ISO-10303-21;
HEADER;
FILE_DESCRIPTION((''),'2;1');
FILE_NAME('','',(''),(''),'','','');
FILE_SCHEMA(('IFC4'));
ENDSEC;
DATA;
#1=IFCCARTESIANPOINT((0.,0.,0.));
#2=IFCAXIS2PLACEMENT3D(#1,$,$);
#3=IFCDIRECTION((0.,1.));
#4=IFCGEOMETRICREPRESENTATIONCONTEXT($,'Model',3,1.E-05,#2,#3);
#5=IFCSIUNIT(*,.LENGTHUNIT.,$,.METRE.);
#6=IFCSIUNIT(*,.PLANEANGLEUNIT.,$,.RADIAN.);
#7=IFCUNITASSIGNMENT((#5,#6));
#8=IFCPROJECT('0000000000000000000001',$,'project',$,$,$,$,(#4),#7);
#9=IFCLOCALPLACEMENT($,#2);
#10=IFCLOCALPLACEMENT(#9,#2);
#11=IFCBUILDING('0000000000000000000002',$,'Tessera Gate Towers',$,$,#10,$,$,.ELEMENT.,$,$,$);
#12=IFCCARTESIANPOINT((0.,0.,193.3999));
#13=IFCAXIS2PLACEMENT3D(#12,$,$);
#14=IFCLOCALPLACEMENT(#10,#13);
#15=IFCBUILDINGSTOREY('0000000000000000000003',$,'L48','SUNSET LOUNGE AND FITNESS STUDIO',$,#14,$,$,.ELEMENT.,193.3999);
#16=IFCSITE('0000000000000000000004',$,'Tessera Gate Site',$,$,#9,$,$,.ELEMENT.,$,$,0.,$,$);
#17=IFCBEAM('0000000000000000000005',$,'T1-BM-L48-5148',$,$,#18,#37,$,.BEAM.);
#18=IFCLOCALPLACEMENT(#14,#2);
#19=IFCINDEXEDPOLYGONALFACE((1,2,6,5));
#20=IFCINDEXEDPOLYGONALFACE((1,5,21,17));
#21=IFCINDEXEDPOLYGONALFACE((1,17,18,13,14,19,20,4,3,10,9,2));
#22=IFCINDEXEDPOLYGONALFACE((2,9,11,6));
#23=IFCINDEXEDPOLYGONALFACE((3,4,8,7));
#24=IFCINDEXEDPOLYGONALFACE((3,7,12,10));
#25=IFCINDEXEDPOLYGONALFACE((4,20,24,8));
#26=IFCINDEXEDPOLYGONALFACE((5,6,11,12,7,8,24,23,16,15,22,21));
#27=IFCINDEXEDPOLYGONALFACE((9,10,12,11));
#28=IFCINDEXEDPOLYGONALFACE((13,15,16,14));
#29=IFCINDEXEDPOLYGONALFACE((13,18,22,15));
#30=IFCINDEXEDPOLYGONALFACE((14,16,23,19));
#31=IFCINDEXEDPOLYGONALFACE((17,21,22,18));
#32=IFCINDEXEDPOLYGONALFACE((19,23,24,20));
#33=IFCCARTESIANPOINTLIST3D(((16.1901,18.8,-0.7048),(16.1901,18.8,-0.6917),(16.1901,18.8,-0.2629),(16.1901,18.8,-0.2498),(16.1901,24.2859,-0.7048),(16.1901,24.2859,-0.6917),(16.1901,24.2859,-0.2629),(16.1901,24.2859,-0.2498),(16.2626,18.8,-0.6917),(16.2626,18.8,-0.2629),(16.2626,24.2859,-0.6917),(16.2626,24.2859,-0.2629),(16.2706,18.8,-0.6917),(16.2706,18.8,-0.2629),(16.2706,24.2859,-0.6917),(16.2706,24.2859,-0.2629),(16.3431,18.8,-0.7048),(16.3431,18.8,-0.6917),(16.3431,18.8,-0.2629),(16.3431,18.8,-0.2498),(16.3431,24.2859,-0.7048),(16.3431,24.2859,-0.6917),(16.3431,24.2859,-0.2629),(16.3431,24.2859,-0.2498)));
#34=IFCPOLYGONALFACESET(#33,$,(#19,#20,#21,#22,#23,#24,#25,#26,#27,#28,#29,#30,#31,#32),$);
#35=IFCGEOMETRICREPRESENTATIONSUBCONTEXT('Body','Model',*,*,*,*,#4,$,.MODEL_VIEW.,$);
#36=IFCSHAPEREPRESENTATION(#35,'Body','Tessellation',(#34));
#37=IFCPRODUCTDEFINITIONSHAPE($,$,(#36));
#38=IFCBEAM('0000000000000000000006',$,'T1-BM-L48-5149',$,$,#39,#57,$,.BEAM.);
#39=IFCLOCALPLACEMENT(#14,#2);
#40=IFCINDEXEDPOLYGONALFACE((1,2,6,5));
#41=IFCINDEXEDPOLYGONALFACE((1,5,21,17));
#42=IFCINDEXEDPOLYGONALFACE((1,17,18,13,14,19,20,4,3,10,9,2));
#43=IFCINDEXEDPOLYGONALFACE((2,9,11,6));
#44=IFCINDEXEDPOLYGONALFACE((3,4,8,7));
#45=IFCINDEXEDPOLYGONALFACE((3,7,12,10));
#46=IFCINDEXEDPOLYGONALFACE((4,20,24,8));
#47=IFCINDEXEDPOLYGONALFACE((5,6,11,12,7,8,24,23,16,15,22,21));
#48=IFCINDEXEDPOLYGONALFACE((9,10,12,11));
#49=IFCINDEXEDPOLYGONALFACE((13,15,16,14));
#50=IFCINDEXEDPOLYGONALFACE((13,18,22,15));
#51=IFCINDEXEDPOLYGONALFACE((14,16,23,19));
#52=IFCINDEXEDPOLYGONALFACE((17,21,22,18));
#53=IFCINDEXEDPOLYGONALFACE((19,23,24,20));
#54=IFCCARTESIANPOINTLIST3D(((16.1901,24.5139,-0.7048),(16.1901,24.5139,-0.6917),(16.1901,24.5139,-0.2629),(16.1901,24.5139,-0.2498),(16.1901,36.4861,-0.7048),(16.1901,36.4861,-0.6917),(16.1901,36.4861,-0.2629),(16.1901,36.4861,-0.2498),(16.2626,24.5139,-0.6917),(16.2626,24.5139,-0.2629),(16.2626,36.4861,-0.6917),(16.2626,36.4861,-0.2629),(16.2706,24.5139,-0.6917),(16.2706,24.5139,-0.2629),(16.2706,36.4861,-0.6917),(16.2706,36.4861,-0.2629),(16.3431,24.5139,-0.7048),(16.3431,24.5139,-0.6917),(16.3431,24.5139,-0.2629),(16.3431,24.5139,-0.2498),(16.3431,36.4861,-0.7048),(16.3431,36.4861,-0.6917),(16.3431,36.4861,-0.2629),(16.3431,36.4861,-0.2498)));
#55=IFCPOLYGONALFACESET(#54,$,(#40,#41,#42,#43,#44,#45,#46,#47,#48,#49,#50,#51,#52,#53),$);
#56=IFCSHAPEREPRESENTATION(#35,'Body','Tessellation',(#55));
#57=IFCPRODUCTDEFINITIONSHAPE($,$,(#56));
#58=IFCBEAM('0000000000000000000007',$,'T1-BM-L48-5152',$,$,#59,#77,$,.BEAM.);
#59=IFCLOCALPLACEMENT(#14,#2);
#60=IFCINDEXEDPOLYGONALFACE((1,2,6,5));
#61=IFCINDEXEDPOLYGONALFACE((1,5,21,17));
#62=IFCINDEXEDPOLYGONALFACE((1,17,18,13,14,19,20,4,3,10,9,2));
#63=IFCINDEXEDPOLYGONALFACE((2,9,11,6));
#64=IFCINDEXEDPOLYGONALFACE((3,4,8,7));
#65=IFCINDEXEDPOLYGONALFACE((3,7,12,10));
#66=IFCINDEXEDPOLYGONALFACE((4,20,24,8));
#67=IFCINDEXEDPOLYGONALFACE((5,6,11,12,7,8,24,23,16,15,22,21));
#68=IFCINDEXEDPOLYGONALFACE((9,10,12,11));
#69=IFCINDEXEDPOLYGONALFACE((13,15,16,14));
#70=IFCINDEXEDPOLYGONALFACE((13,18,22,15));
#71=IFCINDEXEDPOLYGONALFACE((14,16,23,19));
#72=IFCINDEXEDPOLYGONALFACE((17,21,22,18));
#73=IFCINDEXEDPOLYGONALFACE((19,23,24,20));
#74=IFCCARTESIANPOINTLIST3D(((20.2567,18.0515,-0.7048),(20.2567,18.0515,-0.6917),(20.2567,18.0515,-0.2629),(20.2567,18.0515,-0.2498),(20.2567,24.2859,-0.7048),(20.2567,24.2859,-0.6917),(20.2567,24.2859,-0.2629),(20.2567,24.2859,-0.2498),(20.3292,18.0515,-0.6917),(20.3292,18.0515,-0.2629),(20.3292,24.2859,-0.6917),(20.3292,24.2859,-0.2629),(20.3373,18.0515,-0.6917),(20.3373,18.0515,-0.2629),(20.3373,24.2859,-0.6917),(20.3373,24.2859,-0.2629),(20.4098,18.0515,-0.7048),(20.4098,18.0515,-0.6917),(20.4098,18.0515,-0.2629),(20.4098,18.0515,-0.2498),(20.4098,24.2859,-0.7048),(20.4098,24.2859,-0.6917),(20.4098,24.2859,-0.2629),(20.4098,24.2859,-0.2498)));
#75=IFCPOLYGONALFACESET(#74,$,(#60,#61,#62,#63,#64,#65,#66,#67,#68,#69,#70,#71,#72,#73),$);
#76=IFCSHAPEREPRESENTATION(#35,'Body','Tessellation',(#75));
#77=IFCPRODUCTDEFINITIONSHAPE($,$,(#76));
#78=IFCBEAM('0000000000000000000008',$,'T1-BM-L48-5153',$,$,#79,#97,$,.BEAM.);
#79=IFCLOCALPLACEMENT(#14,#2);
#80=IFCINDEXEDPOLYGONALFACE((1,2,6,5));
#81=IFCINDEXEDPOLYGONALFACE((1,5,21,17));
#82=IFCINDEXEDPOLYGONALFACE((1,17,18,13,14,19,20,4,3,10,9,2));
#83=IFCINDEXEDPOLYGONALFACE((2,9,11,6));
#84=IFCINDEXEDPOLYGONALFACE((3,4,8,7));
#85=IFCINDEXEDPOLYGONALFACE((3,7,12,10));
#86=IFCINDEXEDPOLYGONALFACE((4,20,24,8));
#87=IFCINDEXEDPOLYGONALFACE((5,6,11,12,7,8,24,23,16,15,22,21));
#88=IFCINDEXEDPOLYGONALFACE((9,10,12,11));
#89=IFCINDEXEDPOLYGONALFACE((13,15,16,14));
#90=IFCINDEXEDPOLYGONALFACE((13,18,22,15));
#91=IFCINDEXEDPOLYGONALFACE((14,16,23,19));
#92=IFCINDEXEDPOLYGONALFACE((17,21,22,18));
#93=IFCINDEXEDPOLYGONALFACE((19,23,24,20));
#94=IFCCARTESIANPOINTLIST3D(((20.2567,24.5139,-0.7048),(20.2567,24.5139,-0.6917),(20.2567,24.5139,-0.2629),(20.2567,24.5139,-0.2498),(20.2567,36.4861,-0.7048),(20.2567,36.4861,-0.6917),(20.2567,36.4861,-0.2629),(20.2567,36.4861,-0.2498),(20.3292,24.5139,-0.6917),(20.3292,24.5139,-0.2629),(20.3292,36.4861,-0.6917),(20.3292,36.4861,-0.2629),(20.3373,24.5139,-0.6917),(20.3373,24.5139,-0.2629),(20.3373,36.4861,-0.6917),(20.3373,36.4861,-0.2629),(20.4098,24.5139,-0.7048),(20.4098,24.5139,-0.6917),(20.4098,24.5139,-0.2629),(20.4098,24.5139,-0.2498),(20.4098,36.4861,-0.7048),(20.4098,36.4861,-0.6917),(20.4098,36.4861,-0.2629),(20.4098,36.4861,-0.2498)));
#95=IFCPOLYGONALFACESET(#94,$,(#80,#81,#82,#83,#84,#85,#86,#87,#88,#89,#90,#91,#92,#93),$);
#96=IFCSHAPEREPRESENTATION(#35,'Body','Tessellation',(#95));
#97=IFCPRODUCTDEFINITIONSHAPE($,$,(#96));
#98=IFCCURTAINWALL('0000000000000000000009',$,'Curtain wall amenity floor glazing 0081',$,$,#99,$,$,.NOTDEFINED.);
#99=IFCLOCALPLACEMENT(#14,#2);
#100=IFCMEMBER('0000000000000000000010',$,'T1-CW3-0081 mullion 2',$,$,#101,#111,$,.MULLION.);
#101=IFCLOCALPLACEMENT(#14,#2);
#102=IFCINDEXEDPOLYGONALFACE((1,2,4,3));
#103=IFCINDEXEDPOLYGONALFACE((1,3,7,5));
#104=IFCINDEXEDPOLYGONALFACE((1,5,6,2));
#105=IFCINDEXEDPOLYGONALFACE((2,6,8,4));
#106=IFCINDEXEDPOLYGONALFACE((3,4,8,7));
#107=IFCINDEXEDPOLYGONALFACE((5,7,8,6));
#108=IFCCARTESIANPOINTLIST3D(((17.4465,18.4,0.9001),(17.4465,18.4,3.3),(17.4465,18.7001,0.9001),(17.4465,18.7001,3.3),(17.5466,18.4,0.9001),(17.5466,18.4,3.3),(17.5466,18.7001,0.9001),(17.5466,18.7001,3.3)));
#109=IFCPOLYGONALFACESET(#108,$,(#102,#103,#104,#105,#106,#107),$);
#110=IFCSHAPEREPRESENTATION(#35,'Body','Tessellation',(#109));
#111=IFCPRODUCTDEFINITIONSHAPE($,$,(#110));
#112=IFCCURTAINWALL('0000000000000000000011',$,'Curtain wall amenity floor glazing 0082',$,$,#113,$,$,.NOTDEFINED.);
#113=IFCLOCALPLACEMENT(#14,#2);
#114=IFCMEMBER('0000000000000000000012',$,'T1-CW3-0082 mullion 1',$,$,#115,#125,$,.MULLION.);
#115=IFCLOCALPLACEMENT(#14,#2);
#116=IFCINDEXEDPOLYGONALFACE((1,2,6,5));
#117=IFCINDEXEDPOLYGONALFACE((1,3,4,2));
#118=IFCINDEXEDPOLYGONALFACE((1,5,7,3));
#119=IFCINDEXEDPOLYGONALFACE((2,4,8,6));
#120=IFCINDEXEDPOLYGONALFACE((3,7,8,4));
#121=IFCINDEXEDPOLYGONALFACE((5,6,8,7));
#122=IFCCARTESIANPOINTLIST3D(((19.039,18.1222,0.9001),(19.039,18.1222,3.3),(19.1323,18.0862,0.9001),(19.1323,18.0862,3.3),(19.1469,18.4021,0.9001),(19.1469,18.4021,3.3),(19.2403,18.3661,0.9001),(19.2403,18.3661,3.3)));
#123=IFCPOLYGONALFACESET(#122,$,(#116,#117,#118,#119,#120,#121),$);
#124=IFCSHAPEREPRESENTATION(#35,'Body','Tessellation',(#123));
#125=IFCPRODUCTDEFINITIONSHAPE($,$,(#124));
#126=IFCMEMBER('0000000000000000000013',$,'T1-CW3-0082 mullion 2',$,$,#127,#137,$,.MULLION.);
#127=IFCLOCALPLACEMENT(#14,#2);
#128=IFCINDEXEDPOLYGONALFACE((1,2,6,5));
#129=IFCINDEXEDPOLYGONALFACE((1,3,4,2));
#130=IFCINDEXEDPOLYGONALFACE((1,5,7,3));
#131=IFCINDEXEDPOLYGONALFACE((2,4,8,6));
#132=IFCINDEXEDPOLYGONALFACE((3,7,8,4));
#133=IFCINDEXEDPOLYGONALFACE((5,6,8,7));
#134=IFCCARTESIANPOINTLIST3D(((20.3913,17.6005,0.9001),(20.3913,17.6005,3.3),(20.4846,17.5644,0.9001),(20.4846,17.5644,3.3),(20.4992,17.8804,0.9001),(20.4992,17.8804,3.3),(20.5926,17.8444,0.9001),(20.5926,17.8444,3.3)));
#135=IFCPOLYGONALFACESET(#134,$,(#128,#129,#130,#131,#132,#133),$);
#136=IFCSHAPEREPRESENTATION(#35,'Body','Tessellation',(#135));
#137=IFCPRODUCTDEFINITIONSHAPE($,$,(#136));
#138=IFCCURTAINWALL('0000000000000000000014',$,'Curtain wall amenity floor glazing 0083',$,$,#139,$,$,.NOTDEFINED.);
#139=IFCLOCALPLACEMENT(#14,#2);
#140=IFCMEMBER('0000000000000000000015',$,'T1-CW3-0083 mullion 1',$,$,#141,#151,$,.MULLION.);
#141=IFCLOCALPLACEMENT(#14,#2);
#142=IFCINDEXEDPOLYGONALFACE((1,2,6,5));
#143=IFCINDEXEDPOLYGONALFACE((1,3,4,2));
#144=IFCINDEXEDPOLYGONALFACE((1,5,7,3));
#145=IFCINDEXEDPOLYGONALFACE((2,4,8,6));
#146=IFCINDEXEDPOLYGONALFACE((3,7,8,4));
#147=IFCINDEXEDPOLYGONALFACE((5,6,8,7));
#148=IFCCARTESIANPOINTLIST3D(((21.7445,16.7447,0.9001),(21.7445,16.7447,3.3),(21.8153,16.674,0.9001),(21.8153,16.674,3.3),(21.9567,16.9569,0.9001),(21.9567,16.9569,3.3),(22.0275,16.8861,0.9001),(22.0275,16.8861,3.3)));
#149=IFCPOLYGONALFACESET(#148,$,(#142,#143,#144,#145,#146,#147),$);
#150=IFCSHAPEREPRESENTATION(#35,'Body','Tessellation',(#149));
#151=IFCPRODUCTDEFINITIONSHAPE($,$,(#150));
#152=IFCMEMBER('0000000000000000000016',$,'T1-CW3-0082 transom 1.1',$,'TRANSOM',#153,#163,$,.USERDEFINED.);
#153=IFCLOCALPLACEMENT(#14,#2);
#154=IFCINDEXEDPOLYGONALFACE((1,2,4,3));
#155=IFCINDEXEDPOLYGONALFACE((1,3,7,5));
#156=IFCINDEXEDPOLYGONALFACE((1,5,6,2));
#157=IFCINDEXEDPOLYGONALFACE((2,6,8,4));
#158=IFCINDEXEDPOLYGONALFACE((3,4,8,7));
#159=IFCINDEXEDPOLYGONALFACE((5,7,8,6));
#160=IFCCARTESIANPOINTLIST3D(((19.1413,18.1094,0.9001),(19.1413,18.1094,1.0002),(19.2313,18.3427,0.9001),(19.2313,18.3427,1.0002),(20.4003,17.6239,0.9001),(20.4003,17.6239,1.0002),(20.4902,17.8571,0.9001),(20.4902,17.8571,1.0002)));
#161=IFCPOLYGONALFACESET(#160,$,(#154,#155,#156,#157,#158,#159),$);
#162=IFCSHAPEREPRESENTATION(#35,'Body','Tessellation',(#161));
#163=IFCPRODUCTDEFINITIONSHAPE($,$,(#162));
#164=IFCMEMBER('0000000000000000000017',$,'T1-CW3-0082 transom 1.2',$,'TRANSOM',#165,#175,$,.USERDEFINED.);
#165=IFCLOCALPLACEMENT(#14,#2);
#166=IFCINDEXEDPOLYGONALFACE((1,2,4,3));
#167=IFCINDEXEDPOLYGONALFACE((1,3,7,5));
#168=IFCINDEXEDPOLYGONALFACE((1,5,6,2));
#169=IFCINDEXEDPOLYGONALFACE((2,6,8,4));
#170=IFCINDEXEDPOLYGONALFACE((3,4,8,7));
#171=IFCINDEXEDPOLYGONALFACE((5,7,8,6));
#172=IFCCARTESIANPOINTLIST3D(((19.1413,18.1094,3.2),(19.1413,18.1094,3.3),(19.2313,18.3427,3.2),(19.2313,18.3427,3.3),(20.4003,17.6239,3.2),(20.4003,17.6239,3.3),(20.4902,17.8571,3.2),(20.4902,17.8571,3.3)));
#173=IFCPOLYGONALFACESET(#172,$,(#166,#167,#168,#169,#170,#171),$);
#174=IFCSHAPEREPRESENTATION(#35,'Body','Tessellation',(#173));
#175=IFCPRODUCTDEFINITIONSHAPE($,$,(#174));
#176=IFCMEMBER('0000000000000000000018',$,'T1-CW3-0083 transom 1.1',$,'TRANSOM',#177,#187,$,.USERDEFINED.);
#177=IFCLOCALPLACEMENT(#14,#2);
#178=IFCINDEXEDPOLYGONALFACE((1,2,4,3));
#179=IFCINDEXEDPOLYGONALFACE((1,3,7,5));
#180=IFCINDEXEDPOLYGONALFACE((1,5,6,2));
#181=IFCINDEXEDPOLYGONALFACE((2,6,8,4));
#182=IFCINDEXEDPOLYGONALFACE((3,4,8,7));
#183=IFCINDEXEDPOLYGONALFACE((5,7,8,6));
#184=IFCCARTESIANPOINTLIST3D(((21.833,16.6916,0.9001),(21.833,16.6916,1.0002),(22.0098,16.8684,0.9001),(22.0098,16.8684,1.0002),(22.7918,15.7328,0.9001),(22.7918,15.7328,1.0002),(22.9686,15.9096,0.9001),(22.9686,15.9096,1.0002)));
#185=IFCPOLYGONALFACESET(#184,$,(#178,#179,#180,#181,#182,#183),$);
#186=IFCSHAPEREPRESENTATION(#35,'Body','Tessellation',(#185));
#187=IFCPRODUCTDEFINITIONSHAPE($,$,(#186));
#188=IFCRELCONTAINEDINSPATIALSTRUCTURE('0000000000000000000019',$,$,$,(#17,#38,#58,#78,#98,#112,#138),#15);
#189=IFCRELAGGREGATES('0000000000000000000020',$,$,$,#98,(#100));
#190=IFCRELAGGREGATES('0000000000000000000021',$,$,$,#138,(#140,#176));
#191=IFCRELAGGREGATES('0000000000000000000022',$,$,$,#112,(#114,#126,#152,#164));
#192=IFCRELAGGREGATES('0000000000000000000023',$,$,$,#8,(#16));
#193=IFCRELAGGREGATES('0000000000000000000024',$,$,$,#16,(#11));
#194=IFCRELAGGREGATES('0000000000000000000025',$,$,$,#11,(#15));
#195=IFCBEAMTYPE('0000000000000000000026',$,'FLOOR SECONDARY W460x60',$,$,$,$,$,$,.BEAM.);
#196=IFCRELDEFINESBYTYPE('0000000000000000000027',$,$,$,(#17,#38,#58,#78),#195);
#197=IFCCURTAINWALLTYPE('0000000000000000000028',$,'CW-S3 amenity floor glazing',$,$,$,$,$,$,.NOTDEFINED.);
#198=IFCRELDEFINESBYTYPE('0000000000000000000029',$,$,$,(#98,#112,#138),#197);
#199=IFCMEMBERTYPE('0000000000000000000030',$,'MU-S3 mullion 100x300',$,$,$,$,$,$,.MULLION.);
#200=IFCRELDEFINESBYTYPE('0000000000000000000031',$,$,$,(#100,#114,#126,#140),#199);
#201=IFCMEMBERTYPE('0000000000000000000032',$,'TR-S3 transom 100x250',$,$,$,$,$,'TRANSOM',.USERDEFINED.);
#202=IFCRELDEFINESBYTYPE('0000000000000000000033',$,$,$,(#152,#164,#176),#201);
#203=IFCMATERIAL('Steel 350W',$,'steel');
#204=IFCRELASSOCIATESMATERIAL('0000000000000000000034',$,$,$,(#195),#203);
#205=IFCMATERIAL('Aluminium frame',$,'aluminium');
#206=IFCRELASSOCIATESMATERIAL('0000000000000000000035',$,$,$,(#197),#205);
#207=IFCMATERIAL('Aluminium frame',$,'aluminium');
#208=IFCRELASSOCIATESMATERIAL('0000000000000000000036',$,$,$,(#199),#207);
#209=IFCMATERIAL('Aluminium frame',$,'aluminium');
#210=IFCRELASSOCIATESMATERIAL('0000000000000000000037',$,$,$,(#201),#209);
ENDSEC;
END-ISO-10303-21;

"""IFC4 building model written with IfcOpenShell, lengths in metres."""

from ifc_helpers import new_model, si_unit, direction, frame, origin, origin_2d, place, context, subcontext, project, spatial, rectangle, i_section, extrude, material, material_profile, profile_set, type_object, element, aggregate, save


model = new_model("IFC4")

# Units and contexts
model_context = context("Model", 3, precision=1e-05, world=origin(), true_north=direction((0.0, 1.0)))
body_context = subcontext(model_context, "Body", "Model", "MODEL_VIEW")
ifc_project = project(units=[si_unit("LENGTHUNIT", "METRE"), si_unit("PLANEANGLEUNIT", "RADIAN")], contexts=[model_context])

# Site, building, storey
site_placement = place(None, origin())
site = spatial("IfcSite", under=ifc_project, at=site_placement, Name="Tessera Gate Site", CompositionType="ELEMENT", RefElevation=0.0)
building_placement = place(site_placement, origin())
building = spatial("IfcBuilding", under=site, at=building_placement, Name="Tessera Gate Towers", CompositionType="ELEMENT")
storey_placement = place(building_placement, frame((0.0, 0.0, 193.3999)))
storey = spatial("IfcBuildingStorey", under=building, at=storey_placement, Name="L48", Description="SUNSET LOUNGE AND FITNESS STUDIO", CompositionType="ELEMENT", Elevation=193.3999)

# Beams
ifc_material_1 = material(Name="Steel 350W", Category="steel")
ifc_material_profile_1 = material_profile(ifc_material_1, i_section(OverallWidth=0.1531, OverallDepth=0.4551, WebThickness=0.0081, FlangeThickness=0.0132, at=origin_2d()), Name="W460x60")
ifc_profile_set_1 = profile_set([ifc_material_profile_1], Name="Steel 350W")
beam_type = type_object("IfcBeamType", Name="FLOOR SECONDARY W460x60", PredefinedType="BEAM", material=ifc_profile_set_1)
beam_1_placement = place(storey_placement, frame((16.2666, 18.8, -0.4773), z_axis=(0.0, 1.0, 0.0), x_axis=(-1.0, 0.0, 0.0)))
element("IfcBeam", 1, at=beam_1_placement, inside=storey, type_object=beam_type, Name="T1-BM-L48-5148", PredefinedType="BEAM", context=body_context, shape_type="SweptSolid", body=[
    extrude(i_section(OverallWidth=0.1531, OverallDepth=0.4551, WebThickness=0.0081, FlangeThickness=0.0132, at=origin_2d()), origin(), (0.0, 0.0, 1.0), 5.4858),
])
beam_2_placement = place(storey_placement, frame((16.2666, 24.5139, -0.4773), z_axis=(0.0, 1.0, 0.0), x_axis=(-1.0, 0.0, 0.0)))
element("IfcBeam", 2, at=beam_2_placement, inside=storey, type_object=beam_type, Name="T1-BM-L48-5149", PredefinedType="BEAM", context=body_context, shape_type="SweptSolid", body=[
    extrude(i_section(OverallWidth=0.1531, OverallDepth=0.4551, WebThickness=0.0081, FlangeThickness=0.0132, at=origin_2d()), origin(), (0.0, 0.0, 1.0), 11.9722),
])
beam_3_placement = place(storey_placement, frame((20.3333, 18.0515, -0.4773), z_axis=(0.0, 1.0, 0.0), x_axis=(-1.0, 0.0, 0.0)))
element("IfcBeam", 3, at=beam_3_placement, inside=storey, type_object=beam_type, Name="T1-BM-L48-5152", PredefinedType="BEAM", context=body_context, shape_type="SweptSolid", body=[
    extrude(i_section(OverallWidth=0.1531, OverallDepth=0.4551, WebThickness=0.0081, FlangeThickness=0.0132, at=origin_2d()), origin(), (0.0, 0.0, 1.0), 6.2344),
])
beam_4_placement = place(storey_placement, frame((20.3333, 24.5139, -0.4773), z_axis=(0.0, 1.0, 0.0), x_axis=(-1.0, 0.0, 0.0)))
element("IfcBeam", 4, at=beam_4_placement, inside=storey, type_object=beam_type, Name="T1-BM-L48-5153", PredefinedType="BEAM", context=body_context, shape_type="SweptSolid", body=[
    extrude(i_section(OverallWidth=0.1531, OverallDepth=0.4551, WebThickness=0.0081, FlangeThickness=0.0132, at=origin_2d()), origin(), (0.0, 0.0, 1.0), 11.9722),
])

# Curtain wall, member
ifc_material_2 = material(Name="Aluminium frame", Category="aluminium")
curtain_wall_type = type_object("IfcCurtainWallType", Name="CW-S3 amenity floor glazing", PredefinedType="NOTDEFINED", material=ifc_material_2)
curtain_wall_1_placement = place(storey_placement, origin())
curtain_wall_1 = element("IfcCurtainWall", 5, at=curtain_wall_1_placement, inside=storey, type_object=curtain_wall_type, Name="Curtain wall amenity floor glazing 0081", PredefinedType="NOTDEFINED")
ifc_material_3 = material(Name="Aluminium frame", Category="aluminium")
ifc_material_profile_2 = material_profile(ifc_material_3, rectangle(XDim=0.1001, YDim=0.3, at=origin_2d()), Name="AL 100x300")
ifc_profile_set_2 = profile_set([ifc_material_profile_2], Name="Aluminium frame")
member_type_1 = type_object("IfcMemberType", Name="MU-S3 mullion 100x300", PredefinedType="MULLION", material=ifc_profile_set_2)
member_1_placement = place(storey_placement, frame((17.4966, 18.55, 0.9001), z_axis=(0.0, 0.0, 1.0), x_axis=(1.0, 0.0, 0.0)))
member_1 = element("IfcMember", 6, at=member_1_placement, type_object=member_type_1, Name="T1-CW3-0081 mullion 2", PredefinedType="MULLION", context=body_context, shape_type="SweptSolid", body=[
    extrude(rectangle(XDim=0.1001, YDim=0.3, at=origin_2d()), origin(), (0.0, 0.0, 1.0), 2.3999),
])
aggregate(curtain_wall_1, [member_1])

# Curtain wall, members
curtain_wall_2_placement = place(storey_placement, origin())
curtain_wall_2 = element("IfcCurtainWall", 7, at=curtain_wall_2_placement, inside=storey, type_object=curtain_wall_type, Name="Curtain wall amenity floor glazing 0082", PredefinedType="NOTDEFINED")
member_2_placement = place(storey_placement, frame((19.1396, 18.2441, 0.9001), z_axis=(0.0, 0.0, 1.0), x_axis=(0.932989, -0.359904, 0.0)))
member_2 = element("IfcMember", 8, at=member_2_placement, type_object=member_type_1, Name="T1-CW3-0082 mullion 1", PredefinedType="MULLION", context=body_context, shape_type="SweptSolid", body=[
    extrude(rectangle(XDim=0.1001, YDim=0.3, at=origin_2d()), origin(), (0.0, 0.0, 1.0), 2.3999),
])
member_3_placement = place(storey_placement, frame((20.4919, 17.7224, 0.9001), z_axis=(0.0, 0.0, 1.0), x_axis=(0.932989, -0.359904, 0.0)))
member_3 = element("IfcMember", 9, at=member_3_placement, type_object=member_type_1, Name="T1-CW3-0082 mullion 2", PredefinedType="MULLION", context=body_context, shape_type="SweptSolid", body=[
    extrude(rectangle(XDim=0.1001, YDim=0.3, at=origin_2d()), origin(), (0.0, 0.0, 1.0), 2.3999),
])

# Curtain wall, member
curtain_wall_3_placement = place(storey_placement, origin())
curtain_wall_3 = element("IfcCurtainWall", 10, at=curtain_wall_3_placement, inside=storey, type_object=curtain_wall_type, Name="Curtain wall amenity floor glazing 0083", PredefinedType="NOTDEFINED")
member_4_placement = place(storey_placement, frame((21.886, 16.8154, 0.9001), z_axis=(0.0, 0.0, 1.0), x_axis=(0.707107, -0.707107, 0.0)))
member_4 = element("IfcMember", 11, at=member_4_placement, type_object=member_type_1, Name="T1-CW3-0083 mullion 1", PredefinedType="MULLION", context=body_context, shape_type="SweptSolid", body=[
    extrude(rectangle(XDim=0.1001, YDim=0.3, at=origin_2d()), origin(), (0.0, 0.0, 1.0), 2.3999),
])

# Members
ifc_material_4 = material(Name="Aluminium frame", Category="aluminium")
ifc_material_profile_3 = material_profile(ifc_material_4, rectangle(XDim=0.25, YDim=0.1001, at=origin_2d()), Name="AL 100x250")
ifc_profile_set_3 = profile_set([ifc_material_profile_3], Name="Aluminium frame")
member_type_2 = type_object("IfcMemberType", Name="TR-S3 transom 100x250", ElementType="TRANSOM", PredefinedType="USERDEFINED", material=ifc_profile_set_3)
member_5_placement = place(storey_placement, frame((19.1863, 18.2261, 0.9502), z_axis=(0.933009, -0.359852, 0.0), x_axis=(0.359852, 0.933009, 0.0)))
member_5 = element("IfcMember", 12, at=member_5_placement, type_object=member_type_2, Name="T1-CW3-0082 transom 1.1", ObjectType="TRANSOM", PredefinedType="USERDEFINED", context=body_context, shape_type="SweptSolid", body=[
    extrude(rectangle(XDim=0.25, YDim=0.1001, at=origin_2d()), origin(), (0.0, 0.0, 1.0), 1.3494),
])
member_6_placement = place(storey_placement, frame((19.1863, 18.2261, 3.25), z_axis=(0.933009, -0.359852, 0.0), x_axis=(0.359852, 0.933009, 0.0)))
member_6 = element("IfcMember", 13, at=member_6_placement, type_object=member_type_2, Name="T1-CW3-0082 transom 1.2", ObjectType="TRANSOM", PredefinedType="USERDEFINED", context=body_context, shape_type="SweptSolid", body=[
    extrude(rectangle(XDim=0.25, YDim=0.1001, at=origin_2d()), origin(), (0.0, 0.0, 1.0), 1.3494),
])
member_7_placement = place(storey_placement, frame((21.9214, 16.78, 0.9502), z_axis=(0.707107, -0.707107, 0.0), x_axis=(0.707107, 0.707107, 0.0)))
member_7 = element("IfcMember", 14, at=member_7_placement, type_object=member_type_2, Name="T1-CW3-0083 transom 1.1", ObjectType="TRANSOM", PredefinedType="USERDEFINED", context=body_context, shape_type="SweptSolid", body=[
    extrude(rectangle(XDim=0.25, YDim=0.1001, at=origin_2d()), origin(), (0.0, 0.0, 1.0), 1.356),
])
aggregate(curtain_wall_3, [member_4, member_7])

aggregate(curtain_wall_2, [member_2, member_3, member_5, member_6])

save(model, "model.ifc")
